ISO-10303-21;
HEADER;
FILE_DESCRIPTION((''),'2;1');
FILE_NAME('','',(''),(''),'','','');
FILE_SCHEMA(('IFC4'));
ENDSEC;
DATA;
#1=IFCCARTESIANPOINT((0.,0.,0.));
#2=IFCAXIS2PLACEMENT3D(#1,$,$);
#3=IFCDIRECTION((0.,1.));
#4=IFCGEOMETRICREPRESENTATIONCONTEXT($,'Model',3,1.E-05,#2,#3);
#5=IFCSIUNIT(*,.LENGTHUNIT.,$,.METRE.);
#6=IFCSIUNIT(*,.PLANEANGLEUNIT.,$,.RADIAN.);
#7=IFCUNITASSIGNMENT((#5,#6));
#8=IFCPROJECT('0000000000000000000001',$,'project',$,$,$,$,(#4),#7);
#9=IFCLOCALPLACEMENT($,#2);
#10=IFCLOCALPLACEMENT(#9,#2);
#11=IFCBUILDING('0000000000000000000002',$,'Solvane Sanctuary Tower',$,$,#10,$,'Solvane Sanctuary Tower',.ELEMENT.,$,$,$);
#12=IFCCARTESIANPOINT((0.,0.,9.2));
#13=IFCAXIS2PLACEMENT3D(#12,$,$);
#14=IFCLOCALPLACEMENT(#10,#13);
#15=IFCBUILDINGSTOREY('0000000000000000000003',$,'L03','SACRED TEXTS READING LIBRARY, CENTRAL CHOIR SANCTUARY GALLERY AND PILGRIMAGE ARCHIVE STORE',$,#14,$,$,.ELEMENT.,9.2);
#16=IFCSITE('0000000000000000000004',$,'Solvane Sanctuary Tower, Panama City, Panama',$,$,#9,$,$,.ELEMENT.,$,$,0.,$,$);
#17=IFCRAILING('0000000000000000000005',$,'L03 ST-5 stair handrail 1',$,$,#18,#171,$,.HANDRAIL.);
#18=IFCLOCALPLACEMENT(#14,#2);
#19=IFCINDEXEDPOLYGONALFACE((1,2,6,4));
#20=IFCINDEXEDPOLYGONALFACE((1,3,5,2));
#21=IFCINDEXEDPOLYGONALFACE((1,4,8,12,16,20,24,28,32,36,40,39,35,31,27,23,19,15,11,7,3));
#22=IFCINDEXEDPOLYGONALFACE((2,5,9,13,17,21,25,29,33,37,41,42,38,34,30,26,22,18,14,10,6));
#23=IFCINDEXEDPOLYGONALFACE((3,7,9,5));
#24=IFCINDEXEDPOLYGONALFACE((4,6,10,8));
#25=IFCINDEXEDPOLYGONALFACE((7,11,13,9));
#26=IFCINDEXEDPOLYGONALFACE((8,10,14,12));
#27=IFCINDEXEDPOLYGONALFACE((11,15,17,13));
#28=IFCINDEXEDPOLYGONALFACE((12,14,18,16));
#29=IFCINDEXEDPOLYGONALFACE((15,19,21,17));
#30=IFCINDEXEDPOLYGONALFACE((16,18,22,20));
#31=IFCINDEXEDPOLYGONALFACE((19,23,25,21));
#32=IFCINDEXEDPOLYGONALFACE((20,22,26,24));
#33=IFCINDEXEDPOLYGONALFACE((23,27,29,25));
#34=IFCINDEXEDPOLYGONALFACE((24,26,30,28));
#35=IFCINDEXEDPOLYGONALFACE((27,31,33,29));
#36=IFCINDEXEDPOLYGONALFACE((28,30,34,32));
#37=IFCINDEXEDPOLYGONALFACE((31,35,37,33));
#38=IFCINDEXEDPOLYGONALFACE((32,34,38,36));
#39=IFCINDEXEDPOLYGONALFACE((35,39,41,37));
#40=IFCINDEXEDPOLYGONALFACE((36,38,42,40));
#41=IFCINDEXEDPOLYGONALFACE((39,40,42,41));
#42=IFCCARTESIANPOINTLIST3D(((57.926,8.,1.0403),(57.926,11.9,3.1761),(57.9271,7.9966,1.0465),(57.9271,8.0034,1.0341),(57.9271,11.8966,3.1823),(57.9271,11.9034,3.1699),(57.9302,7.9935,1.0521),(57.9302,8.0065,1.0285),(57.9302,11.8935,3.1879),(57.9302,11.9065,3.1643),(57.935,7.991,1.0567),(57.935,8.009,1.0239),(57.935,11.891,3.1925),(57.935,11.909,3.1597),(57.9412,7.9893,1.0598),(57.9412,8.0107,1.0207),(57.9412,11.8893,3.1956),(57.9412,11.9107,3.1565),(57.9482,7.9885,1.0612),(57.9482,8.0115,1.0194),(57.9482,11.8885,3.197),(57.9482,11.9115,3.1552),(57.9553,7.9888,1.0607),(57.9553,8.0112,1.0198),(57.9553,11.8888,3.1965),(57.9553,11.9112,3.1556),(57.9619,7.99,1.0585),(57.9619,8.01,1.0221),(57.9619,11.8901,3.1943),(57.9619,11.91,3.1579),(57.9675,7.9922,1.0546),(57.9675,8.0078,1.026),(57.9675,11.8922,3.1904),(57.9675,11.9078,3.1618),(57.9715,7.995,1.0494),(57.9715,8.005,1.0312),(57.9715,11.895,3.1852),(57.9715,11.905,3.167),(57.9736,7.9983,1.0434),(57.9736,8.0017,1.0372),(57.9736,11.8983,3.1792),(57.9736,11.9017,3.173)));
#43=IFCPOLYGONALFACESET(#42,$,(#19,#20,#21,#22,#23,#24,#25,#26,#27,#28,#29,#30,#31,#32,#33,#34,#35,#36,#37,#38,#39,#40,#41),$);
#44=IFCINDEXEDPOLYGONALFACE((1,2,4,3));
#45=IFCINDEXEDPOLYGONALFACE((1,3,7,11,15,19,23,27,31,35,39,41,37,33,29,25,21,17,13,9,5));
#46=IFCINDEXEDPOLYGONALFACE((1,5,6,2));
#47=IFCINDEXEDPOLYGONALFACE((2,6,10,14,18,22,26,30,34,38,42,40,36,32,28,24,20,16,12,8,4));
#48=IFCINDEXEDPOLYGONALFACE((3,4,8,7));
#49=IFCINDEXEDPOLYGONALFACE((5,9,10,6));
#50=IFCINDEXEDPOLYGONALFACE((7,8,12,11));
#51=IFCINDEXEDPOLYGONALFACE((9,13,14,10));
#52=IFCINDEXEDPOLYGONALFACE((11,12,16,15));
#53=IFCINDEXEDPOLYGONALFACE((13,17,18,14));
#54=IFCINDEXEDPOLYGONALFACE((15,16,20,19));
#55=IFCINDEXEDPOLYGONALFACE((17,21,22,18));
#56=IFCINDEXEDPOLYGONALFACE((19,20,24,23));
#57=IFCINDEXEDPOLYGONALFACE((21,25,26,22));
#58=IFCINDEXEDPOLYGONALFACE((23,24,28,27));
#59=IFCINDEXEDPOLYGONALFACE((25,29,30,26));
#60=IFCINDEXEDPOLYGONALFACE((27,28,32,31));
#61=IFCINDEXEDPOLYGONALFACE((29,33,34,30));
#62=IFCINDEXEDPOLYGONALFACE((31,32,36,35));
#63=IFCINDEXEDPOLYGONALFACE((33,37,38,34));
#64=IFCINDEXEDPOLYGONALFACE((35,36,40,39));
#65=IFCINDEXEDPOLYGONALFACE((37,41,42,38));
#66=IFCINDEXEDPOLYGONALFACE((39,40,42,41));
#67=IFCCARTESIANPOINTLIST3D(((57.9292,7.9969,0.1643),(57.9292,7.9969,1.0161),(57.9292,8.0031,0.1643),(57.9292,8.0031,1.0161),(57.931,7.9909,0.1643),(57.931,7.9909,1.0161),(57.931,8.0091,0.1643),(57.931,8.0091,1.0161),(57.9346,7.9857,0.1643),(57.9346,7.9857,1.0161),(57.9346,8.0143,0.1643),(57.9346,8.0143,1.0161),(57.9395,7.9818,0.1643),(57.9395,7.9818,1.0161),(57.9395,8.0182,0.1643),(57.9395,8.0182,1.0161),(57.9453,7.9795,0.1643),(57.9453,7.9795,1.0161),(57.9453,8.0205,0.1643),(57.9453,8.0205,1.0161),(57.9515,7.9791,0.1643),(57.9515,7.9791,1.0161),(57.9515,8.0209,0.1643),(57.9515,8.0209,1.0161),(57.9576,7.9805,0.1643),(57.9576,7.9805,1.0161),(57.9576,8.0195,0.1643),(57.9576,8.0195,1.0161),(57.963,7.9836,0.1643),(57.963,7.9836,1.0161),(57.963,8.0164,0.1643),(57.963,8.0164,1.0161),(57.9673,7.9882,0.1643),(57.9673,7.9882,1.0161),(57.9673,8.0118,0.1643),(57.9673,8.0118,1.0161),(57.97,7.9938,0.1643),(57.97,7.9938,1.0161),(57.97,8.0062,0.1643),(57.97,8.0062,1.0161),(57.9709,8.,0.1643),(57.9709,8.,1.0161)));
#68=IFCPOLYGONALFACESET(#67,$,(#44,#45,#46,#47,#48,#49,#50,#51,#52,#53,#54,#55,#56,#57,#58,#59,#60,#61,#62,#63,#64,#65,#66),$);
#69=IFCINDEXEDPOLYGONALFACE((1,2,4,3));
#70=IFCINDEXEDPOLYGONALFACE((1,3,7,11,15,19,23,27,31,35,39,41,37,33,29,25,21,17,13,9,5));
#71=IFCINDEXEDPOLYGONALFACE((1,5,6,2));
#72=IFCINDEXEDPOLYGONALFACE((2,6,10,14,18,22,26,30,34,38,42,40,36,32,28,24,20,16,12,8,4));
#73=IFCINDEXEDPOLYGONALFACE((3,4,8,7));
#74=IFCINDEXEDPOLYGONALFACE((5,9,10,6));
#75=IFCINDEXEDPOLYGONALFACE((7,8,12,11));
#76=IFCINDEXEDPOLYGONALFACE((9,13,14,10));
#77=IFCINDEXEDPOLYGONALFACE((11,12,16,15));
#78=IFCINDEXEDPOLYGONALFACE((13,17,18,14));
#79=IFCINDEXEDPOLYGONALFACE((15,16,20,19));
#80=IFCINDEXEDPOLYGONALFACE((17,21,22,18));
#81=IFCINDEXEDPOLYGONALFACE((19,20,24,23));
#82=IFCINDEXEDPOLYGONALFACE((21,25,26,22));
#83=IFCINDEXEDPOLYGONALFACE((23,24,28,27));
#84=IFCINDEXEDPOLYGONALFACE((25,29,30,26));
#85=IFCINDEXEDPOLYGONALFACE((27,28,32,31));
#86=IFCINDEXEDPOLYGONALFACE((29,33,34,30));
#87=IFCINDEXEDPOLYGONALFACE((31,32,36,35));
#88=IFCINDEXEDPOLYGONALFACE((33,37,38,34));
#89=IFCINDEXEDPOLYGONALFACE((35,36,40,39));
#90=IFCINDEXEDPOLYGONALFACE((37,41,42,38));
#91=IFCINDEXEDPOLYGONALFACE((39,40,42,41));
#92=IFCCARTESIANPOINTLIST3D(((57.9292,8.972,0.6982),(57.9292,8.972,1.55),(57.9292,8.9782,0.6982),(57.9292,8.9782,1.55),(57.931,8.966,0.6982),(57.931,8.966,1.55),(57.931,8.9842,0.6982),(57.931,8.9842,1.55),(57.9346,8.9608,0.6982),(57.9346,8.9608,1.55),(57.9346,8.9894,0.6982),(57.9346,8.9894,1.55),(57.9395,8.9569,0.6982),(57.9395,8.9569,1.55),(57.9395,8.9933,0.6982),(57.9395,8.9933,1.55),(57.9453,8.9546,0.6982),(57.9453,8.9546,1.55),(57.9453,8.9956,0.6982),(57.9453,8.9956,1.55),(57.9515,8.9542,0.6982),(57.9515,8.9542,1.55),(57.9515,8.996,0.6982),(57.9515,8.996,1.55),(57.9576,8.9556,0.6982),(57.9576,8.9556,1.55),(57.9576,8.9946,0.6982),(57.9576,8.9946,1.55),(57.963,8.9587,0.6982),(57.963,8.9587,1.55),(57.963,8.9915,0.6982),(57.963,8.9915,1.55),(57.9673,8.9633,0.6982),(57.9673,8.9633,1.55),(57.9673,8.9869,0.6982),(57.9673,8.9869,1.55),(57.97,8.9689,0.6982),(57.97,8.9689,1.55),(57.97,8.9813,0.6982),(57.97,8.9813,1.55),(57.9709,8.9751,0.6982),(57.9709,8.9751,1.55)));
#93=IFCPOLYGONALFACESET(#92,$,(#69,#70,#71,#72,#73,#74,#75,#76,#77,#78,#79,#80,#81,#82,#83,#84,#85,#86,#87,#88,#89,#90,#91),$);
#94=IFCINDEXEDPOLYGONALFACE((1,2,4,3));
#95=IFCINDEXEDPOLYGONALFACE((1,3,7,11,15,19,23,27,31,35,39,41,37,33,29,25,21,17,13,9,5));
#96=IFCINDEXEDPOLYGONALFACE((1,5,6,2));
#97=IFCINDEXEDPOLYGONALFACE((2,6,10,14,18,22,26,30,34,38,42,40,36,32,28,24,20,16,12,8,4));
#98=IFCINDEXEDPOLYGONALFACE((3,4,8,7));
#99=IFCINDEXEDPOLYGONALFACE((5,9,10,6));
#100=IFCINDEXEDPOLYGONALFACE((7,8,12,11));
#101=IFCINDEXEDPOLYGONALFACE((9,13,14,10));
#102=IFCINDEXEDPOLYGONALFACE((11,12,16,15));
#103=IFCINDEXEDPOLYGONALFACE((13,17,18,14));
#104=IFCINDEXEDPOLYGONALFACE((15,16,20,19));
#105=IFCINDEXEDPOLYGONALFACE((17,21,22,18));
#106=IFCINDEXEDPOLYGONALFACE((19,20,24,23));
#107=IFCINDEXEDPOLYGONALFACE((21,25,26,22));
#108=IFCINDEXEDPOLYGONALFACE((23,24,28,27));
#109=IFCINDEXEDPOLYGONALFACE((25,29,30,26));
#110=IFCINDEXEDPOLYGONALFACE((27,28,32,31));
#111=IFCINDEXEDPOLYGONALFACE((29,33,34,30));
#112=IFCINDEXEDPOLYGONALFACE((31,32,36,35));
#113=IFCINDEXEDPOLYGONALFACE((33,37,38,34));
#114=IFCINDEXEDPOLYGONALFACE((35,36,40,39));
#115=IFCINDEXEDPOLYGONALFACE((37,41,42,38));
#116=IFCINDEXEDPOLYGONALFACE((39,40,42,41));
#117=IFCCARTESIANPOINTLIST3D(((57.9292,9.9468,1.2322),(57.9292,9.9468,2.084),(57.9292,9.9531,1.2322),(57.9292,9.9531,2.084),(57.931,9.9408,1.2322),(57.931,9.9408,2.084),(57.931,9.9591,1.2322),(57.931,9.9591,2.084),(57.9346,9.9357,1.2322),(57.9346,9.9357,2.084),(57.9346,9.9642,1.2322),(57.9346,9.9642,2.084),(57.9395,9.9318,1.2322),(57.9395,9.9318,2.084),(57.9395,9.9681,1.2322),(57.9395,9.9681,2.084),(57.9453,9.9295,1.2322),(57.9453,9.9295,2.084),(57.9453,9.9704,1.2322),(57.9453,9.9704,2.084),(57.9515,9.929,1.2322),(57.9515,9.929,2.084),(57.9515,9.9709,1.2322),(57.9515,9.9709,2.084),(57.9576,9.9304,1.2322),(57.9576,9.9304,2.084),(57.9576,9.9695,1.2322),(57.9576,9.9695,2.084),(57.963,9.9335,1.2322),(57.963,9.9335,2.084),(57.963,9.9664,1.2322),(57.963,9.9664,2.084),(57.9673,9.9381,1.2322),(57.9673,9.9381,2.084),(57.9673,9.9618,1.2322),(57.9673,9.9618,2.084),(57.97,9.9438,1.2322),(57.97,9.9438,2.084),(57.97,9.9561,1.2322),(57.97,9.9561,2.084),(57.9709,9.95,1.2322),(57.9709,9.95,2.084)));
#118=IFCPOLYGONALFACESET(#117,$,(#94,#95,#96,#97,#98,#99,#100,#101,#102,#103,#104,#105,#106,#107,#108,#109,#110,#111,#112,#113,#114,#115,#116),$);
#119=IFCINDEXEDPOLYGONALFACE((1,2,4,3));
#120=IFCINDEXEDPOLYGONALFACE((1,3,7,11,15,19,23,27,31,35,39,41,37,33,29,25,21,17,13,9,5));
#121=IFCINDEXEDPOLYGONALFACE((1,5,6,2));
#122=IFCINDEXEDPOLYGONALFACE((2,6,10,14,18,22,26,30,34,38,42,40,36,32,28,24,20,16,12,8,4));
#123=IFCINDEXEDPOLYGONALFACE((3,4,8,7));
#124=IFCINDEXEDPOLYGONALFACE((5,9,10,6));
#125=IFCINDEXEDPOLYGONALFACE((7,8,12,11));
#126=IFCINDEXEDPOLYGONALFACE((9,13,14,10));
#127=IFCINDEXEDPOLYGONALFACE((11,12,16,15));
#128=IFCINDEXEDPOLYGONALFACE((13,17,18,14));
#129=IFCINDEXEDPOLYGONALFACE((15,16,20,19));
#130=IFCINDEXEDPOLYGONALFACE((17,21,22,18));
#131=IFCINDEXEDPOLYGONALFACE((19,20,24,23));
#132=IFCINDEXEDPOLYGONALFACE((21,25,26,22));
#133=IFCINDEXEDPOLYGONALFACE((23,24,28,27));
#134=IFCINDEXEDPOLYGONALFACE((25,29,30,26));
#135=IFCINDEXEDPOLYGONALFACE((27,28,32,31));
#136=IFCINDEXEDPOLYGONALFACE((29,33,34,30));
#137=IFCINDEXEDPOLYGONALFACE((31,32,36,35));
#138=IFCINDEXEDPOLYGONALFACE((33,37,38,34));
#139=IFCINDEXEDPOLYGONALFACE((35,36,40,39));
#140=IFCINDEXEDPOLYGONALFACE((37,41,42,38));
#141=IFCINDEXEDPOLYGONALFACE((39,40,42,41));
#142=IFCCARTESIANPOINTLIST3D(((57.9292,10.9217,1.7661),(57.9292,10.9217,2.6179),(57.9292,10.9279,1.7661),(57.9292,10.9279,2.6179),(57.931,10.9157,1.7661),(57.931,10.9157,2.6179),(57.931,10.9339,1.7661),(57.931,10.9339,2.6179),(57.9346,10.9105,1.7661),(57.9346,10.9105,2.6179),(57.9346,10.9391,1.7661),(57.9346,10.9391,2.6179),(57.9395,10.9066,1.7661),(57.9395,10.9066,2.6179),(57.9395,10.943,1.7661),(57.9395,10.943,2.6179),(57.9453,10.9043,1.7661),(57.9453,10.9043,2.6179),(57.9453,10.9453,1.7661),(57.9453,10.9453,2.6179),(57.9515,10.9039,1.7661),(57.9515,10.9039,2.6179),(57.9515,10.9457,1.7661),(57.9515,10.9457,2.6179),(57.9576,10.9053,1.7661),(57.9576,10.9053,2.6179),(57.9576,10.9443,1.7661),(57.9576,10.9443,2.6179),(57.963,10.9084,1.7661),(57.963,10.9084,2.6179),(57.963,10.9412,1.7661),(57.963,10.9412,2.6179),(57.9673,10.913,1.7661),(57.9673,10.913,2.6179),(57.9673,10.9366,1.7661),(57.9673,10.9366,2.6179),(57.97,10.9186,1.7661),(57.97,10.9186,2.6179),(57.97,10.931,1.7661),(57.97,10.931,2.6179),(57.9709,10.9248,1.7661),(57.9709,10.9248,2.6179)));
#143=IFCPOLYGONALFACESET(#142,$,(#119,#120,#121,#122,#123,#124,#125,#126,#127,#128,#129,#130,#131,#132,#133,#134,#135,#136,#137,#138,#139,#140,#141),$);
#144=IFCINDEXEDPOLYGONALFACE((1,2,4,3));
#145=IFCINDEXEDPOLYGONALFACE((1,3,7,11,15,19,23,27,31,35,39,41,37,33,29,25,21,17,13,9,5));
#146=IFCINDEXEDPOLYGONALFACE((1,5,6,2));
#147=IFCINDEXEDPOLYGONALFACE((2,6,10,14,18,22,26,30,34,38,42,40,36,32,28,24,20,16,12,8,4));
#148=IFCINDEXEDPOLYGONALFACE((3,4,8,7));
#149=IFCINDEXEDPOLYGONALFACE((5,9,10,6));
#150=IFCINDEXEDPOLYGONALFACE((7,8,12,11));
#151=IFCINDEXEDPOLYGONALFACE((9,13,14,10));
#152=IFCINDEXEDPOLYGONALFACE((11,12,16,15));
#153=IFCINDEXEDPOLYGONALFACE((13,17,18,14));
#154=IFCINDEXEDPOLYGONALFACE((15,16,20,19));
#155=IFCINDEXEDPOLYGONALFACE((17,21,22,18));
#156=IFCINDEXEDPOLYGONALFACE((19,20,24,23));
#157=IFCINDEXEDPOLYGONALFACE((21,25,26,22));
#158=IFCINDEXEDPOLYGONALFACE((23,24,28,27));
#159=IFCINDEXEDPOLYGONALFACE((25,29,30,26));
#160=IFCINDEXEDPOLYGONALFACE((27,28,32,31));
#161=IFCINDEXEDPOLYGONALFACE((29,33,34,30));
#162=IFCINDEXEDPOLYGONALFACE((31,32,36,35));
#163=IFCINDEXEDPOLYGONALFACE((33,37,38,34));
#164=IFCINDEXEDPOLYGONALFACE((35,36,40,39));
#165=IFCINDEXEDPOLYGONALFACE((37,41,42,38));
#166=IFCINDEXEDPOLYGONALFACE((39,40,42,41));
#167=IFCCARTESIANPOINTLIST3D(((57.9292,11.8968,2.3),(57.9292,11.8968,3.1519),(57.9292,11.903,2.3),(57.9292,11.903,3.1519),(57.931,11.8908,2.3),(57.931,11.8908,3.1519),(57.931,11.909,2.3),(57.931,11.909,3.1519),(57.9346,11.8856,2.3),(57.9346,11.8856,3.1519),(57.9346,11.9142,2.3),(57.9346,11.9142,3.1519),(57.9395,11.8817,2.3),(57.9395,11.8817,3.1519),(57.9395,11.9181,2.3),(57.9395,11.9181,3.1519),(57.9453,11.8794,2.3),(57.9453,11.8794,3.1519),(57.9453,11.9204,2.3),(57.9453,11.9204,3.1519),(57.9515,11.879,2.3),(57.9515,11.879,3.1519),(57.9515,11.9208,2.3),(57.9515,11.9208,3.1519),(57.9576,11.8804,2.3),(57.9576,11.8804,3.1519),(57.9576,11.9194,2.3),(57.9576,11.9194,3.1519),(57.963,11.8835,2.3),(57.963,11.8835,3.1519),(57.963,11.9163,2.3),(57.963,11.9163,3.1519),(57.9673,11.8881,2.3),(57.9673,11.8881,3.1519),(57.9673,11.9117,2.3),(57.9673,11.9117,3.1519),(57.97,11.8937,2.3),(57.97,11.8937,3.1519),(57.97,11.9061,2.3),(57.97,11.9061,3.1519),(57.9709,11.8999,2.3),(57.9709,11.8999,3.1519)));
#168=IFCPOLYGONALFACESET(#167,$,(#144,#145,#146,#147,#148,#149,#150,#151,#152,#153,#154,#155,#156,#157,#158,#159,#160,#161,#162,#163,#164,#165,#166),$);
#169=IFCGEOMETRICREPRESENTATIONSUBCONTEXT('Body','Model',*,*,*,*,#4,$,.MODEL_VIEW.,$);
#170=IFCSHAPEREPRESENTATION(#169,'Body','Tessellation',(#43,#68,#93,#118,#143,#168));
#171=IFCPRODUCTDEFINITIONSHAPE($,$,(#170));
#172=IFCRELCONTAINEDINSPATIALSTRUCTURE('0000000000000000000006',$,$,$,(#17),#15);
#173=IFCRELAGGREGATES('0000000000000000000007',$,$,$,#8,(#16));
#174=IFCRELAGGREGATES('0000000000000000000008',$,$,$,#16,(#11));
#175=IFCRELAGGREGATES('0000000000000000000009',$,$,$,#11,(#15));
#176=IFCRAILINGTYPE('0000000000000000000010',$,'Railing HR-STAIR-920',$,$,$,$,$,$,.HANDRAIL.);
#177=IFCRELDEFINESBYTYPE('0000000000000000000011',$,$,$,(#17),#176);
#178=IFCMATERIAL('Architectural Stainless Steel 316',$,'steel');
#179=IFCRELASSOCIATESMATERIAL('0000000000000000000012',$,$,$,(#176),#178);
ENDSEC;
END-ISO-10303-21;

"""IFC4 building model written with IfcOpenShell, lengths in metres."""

from ifc_helpers import new_model, si_unit, direction, frame, origin, origin_2d, place, context, subcontext, project, spatial, circle, extrude, material, type_object, element, save


model = new_model("IFC4")

# Units and contexts
model_context = context("Model", 3, precision=1e-05, world=origin(), true_north=direction((0.0, 1.0)))
body_context = subcontext(model_context, "Body", "Model", "MODEL_VIEW")
ifc_project = project(units=[si_unit("LENGTHUNIT", "METRE"), si_unit("PLANEANGLEUNIT", "RADIAN")], contexts=[model_context])

# Site, building, storey
site_placement = place(None, origin())
site = spatial("IfcSite", under=ifc_project, at=site_placement, Name="Solvane Sanctuary Tower, Panama City, Panama", CompositionType="ELEMENT", RefElevation=0.0)
building_placement = place(site_placement, origin())
building = spatial("IfcBuilding", under=site, at=building_placement, Name="Solvane Sanctuary Tower", LongName="Solvane Sanctuary Tower", CompositionType="ELEMENT")
storey_placement = place(building_placement, frame((0.0, 0.0, 9.2)))
storey = spatial("IfcBuildingStorey", under=building, at=storey_placement, Name="L03", Description="SACRED TEXTS READING LIBRARY, CENTRAL CHOIR SANCTUARY GALLERY AND PILGRIMAGE ARCHIVE STORE", CompositionType="ELEMENT", Elevation=9.2)

# Shared definitions
ifc_material_1 = material(Name="Architectural Stainless Steel 316", Category="steel")

# Railing
railing_type_1 = type_object("IfcRailingType", Name="Railing HR-STAIR-920", PredefinedType="HANDRAIL", material=ifc_material_1)
railing_1_placement = place(storey_placement, frame((57.95, 8.0, 0.1643)))
element("IfcRailing", 1, at=railing_1_placement, inside=storey, type_object=railing_type_1, Name="L03 ST-5 stair handrail 1", PredefinedType="HANDRAIL", context=body_context, shape_type="SweptSolid", body=[
    extrude(circle(Radius=0.0239, at=origin_2d()), frame((0.0, 0.0, 0.876), z_axis=(0.0, 0.877089, 0.480329), x_axis=(-1.0, 0.0, 0.0)), (0.0, 0.0, 1.0), 4.4465),
    extrude(circle(Radius=0.021, at=origin_2d()), origin(), (0.0, 0.0, 1.0), 0.8518),
    extrude(circle(Radius=0.021, at=origin_2d()), frame((0.0, 0.9751, 0.5339)), (0.0, 0.0, 1.0), 0.8518),
    extrude(circle(Radius=0.021, at=origin_2d()), frame((0.0, 1.95, 1.0679)), (0.0, 0.0, 1.0), 0.8518),
    extrude(circle(Radius=0.021, at=origin_2d()), frame((0.0, 2.9248, 1.6018)), (0.0, 0.0, 1.0), 0.8518),
    extrude(circle(Radius=0.021, at=origin_2d()), frame((0.0, 3.8999, 2.1357)), (0.0, 0.0, 1.0), 0.8518),
])

save(model, "model.ifc")
